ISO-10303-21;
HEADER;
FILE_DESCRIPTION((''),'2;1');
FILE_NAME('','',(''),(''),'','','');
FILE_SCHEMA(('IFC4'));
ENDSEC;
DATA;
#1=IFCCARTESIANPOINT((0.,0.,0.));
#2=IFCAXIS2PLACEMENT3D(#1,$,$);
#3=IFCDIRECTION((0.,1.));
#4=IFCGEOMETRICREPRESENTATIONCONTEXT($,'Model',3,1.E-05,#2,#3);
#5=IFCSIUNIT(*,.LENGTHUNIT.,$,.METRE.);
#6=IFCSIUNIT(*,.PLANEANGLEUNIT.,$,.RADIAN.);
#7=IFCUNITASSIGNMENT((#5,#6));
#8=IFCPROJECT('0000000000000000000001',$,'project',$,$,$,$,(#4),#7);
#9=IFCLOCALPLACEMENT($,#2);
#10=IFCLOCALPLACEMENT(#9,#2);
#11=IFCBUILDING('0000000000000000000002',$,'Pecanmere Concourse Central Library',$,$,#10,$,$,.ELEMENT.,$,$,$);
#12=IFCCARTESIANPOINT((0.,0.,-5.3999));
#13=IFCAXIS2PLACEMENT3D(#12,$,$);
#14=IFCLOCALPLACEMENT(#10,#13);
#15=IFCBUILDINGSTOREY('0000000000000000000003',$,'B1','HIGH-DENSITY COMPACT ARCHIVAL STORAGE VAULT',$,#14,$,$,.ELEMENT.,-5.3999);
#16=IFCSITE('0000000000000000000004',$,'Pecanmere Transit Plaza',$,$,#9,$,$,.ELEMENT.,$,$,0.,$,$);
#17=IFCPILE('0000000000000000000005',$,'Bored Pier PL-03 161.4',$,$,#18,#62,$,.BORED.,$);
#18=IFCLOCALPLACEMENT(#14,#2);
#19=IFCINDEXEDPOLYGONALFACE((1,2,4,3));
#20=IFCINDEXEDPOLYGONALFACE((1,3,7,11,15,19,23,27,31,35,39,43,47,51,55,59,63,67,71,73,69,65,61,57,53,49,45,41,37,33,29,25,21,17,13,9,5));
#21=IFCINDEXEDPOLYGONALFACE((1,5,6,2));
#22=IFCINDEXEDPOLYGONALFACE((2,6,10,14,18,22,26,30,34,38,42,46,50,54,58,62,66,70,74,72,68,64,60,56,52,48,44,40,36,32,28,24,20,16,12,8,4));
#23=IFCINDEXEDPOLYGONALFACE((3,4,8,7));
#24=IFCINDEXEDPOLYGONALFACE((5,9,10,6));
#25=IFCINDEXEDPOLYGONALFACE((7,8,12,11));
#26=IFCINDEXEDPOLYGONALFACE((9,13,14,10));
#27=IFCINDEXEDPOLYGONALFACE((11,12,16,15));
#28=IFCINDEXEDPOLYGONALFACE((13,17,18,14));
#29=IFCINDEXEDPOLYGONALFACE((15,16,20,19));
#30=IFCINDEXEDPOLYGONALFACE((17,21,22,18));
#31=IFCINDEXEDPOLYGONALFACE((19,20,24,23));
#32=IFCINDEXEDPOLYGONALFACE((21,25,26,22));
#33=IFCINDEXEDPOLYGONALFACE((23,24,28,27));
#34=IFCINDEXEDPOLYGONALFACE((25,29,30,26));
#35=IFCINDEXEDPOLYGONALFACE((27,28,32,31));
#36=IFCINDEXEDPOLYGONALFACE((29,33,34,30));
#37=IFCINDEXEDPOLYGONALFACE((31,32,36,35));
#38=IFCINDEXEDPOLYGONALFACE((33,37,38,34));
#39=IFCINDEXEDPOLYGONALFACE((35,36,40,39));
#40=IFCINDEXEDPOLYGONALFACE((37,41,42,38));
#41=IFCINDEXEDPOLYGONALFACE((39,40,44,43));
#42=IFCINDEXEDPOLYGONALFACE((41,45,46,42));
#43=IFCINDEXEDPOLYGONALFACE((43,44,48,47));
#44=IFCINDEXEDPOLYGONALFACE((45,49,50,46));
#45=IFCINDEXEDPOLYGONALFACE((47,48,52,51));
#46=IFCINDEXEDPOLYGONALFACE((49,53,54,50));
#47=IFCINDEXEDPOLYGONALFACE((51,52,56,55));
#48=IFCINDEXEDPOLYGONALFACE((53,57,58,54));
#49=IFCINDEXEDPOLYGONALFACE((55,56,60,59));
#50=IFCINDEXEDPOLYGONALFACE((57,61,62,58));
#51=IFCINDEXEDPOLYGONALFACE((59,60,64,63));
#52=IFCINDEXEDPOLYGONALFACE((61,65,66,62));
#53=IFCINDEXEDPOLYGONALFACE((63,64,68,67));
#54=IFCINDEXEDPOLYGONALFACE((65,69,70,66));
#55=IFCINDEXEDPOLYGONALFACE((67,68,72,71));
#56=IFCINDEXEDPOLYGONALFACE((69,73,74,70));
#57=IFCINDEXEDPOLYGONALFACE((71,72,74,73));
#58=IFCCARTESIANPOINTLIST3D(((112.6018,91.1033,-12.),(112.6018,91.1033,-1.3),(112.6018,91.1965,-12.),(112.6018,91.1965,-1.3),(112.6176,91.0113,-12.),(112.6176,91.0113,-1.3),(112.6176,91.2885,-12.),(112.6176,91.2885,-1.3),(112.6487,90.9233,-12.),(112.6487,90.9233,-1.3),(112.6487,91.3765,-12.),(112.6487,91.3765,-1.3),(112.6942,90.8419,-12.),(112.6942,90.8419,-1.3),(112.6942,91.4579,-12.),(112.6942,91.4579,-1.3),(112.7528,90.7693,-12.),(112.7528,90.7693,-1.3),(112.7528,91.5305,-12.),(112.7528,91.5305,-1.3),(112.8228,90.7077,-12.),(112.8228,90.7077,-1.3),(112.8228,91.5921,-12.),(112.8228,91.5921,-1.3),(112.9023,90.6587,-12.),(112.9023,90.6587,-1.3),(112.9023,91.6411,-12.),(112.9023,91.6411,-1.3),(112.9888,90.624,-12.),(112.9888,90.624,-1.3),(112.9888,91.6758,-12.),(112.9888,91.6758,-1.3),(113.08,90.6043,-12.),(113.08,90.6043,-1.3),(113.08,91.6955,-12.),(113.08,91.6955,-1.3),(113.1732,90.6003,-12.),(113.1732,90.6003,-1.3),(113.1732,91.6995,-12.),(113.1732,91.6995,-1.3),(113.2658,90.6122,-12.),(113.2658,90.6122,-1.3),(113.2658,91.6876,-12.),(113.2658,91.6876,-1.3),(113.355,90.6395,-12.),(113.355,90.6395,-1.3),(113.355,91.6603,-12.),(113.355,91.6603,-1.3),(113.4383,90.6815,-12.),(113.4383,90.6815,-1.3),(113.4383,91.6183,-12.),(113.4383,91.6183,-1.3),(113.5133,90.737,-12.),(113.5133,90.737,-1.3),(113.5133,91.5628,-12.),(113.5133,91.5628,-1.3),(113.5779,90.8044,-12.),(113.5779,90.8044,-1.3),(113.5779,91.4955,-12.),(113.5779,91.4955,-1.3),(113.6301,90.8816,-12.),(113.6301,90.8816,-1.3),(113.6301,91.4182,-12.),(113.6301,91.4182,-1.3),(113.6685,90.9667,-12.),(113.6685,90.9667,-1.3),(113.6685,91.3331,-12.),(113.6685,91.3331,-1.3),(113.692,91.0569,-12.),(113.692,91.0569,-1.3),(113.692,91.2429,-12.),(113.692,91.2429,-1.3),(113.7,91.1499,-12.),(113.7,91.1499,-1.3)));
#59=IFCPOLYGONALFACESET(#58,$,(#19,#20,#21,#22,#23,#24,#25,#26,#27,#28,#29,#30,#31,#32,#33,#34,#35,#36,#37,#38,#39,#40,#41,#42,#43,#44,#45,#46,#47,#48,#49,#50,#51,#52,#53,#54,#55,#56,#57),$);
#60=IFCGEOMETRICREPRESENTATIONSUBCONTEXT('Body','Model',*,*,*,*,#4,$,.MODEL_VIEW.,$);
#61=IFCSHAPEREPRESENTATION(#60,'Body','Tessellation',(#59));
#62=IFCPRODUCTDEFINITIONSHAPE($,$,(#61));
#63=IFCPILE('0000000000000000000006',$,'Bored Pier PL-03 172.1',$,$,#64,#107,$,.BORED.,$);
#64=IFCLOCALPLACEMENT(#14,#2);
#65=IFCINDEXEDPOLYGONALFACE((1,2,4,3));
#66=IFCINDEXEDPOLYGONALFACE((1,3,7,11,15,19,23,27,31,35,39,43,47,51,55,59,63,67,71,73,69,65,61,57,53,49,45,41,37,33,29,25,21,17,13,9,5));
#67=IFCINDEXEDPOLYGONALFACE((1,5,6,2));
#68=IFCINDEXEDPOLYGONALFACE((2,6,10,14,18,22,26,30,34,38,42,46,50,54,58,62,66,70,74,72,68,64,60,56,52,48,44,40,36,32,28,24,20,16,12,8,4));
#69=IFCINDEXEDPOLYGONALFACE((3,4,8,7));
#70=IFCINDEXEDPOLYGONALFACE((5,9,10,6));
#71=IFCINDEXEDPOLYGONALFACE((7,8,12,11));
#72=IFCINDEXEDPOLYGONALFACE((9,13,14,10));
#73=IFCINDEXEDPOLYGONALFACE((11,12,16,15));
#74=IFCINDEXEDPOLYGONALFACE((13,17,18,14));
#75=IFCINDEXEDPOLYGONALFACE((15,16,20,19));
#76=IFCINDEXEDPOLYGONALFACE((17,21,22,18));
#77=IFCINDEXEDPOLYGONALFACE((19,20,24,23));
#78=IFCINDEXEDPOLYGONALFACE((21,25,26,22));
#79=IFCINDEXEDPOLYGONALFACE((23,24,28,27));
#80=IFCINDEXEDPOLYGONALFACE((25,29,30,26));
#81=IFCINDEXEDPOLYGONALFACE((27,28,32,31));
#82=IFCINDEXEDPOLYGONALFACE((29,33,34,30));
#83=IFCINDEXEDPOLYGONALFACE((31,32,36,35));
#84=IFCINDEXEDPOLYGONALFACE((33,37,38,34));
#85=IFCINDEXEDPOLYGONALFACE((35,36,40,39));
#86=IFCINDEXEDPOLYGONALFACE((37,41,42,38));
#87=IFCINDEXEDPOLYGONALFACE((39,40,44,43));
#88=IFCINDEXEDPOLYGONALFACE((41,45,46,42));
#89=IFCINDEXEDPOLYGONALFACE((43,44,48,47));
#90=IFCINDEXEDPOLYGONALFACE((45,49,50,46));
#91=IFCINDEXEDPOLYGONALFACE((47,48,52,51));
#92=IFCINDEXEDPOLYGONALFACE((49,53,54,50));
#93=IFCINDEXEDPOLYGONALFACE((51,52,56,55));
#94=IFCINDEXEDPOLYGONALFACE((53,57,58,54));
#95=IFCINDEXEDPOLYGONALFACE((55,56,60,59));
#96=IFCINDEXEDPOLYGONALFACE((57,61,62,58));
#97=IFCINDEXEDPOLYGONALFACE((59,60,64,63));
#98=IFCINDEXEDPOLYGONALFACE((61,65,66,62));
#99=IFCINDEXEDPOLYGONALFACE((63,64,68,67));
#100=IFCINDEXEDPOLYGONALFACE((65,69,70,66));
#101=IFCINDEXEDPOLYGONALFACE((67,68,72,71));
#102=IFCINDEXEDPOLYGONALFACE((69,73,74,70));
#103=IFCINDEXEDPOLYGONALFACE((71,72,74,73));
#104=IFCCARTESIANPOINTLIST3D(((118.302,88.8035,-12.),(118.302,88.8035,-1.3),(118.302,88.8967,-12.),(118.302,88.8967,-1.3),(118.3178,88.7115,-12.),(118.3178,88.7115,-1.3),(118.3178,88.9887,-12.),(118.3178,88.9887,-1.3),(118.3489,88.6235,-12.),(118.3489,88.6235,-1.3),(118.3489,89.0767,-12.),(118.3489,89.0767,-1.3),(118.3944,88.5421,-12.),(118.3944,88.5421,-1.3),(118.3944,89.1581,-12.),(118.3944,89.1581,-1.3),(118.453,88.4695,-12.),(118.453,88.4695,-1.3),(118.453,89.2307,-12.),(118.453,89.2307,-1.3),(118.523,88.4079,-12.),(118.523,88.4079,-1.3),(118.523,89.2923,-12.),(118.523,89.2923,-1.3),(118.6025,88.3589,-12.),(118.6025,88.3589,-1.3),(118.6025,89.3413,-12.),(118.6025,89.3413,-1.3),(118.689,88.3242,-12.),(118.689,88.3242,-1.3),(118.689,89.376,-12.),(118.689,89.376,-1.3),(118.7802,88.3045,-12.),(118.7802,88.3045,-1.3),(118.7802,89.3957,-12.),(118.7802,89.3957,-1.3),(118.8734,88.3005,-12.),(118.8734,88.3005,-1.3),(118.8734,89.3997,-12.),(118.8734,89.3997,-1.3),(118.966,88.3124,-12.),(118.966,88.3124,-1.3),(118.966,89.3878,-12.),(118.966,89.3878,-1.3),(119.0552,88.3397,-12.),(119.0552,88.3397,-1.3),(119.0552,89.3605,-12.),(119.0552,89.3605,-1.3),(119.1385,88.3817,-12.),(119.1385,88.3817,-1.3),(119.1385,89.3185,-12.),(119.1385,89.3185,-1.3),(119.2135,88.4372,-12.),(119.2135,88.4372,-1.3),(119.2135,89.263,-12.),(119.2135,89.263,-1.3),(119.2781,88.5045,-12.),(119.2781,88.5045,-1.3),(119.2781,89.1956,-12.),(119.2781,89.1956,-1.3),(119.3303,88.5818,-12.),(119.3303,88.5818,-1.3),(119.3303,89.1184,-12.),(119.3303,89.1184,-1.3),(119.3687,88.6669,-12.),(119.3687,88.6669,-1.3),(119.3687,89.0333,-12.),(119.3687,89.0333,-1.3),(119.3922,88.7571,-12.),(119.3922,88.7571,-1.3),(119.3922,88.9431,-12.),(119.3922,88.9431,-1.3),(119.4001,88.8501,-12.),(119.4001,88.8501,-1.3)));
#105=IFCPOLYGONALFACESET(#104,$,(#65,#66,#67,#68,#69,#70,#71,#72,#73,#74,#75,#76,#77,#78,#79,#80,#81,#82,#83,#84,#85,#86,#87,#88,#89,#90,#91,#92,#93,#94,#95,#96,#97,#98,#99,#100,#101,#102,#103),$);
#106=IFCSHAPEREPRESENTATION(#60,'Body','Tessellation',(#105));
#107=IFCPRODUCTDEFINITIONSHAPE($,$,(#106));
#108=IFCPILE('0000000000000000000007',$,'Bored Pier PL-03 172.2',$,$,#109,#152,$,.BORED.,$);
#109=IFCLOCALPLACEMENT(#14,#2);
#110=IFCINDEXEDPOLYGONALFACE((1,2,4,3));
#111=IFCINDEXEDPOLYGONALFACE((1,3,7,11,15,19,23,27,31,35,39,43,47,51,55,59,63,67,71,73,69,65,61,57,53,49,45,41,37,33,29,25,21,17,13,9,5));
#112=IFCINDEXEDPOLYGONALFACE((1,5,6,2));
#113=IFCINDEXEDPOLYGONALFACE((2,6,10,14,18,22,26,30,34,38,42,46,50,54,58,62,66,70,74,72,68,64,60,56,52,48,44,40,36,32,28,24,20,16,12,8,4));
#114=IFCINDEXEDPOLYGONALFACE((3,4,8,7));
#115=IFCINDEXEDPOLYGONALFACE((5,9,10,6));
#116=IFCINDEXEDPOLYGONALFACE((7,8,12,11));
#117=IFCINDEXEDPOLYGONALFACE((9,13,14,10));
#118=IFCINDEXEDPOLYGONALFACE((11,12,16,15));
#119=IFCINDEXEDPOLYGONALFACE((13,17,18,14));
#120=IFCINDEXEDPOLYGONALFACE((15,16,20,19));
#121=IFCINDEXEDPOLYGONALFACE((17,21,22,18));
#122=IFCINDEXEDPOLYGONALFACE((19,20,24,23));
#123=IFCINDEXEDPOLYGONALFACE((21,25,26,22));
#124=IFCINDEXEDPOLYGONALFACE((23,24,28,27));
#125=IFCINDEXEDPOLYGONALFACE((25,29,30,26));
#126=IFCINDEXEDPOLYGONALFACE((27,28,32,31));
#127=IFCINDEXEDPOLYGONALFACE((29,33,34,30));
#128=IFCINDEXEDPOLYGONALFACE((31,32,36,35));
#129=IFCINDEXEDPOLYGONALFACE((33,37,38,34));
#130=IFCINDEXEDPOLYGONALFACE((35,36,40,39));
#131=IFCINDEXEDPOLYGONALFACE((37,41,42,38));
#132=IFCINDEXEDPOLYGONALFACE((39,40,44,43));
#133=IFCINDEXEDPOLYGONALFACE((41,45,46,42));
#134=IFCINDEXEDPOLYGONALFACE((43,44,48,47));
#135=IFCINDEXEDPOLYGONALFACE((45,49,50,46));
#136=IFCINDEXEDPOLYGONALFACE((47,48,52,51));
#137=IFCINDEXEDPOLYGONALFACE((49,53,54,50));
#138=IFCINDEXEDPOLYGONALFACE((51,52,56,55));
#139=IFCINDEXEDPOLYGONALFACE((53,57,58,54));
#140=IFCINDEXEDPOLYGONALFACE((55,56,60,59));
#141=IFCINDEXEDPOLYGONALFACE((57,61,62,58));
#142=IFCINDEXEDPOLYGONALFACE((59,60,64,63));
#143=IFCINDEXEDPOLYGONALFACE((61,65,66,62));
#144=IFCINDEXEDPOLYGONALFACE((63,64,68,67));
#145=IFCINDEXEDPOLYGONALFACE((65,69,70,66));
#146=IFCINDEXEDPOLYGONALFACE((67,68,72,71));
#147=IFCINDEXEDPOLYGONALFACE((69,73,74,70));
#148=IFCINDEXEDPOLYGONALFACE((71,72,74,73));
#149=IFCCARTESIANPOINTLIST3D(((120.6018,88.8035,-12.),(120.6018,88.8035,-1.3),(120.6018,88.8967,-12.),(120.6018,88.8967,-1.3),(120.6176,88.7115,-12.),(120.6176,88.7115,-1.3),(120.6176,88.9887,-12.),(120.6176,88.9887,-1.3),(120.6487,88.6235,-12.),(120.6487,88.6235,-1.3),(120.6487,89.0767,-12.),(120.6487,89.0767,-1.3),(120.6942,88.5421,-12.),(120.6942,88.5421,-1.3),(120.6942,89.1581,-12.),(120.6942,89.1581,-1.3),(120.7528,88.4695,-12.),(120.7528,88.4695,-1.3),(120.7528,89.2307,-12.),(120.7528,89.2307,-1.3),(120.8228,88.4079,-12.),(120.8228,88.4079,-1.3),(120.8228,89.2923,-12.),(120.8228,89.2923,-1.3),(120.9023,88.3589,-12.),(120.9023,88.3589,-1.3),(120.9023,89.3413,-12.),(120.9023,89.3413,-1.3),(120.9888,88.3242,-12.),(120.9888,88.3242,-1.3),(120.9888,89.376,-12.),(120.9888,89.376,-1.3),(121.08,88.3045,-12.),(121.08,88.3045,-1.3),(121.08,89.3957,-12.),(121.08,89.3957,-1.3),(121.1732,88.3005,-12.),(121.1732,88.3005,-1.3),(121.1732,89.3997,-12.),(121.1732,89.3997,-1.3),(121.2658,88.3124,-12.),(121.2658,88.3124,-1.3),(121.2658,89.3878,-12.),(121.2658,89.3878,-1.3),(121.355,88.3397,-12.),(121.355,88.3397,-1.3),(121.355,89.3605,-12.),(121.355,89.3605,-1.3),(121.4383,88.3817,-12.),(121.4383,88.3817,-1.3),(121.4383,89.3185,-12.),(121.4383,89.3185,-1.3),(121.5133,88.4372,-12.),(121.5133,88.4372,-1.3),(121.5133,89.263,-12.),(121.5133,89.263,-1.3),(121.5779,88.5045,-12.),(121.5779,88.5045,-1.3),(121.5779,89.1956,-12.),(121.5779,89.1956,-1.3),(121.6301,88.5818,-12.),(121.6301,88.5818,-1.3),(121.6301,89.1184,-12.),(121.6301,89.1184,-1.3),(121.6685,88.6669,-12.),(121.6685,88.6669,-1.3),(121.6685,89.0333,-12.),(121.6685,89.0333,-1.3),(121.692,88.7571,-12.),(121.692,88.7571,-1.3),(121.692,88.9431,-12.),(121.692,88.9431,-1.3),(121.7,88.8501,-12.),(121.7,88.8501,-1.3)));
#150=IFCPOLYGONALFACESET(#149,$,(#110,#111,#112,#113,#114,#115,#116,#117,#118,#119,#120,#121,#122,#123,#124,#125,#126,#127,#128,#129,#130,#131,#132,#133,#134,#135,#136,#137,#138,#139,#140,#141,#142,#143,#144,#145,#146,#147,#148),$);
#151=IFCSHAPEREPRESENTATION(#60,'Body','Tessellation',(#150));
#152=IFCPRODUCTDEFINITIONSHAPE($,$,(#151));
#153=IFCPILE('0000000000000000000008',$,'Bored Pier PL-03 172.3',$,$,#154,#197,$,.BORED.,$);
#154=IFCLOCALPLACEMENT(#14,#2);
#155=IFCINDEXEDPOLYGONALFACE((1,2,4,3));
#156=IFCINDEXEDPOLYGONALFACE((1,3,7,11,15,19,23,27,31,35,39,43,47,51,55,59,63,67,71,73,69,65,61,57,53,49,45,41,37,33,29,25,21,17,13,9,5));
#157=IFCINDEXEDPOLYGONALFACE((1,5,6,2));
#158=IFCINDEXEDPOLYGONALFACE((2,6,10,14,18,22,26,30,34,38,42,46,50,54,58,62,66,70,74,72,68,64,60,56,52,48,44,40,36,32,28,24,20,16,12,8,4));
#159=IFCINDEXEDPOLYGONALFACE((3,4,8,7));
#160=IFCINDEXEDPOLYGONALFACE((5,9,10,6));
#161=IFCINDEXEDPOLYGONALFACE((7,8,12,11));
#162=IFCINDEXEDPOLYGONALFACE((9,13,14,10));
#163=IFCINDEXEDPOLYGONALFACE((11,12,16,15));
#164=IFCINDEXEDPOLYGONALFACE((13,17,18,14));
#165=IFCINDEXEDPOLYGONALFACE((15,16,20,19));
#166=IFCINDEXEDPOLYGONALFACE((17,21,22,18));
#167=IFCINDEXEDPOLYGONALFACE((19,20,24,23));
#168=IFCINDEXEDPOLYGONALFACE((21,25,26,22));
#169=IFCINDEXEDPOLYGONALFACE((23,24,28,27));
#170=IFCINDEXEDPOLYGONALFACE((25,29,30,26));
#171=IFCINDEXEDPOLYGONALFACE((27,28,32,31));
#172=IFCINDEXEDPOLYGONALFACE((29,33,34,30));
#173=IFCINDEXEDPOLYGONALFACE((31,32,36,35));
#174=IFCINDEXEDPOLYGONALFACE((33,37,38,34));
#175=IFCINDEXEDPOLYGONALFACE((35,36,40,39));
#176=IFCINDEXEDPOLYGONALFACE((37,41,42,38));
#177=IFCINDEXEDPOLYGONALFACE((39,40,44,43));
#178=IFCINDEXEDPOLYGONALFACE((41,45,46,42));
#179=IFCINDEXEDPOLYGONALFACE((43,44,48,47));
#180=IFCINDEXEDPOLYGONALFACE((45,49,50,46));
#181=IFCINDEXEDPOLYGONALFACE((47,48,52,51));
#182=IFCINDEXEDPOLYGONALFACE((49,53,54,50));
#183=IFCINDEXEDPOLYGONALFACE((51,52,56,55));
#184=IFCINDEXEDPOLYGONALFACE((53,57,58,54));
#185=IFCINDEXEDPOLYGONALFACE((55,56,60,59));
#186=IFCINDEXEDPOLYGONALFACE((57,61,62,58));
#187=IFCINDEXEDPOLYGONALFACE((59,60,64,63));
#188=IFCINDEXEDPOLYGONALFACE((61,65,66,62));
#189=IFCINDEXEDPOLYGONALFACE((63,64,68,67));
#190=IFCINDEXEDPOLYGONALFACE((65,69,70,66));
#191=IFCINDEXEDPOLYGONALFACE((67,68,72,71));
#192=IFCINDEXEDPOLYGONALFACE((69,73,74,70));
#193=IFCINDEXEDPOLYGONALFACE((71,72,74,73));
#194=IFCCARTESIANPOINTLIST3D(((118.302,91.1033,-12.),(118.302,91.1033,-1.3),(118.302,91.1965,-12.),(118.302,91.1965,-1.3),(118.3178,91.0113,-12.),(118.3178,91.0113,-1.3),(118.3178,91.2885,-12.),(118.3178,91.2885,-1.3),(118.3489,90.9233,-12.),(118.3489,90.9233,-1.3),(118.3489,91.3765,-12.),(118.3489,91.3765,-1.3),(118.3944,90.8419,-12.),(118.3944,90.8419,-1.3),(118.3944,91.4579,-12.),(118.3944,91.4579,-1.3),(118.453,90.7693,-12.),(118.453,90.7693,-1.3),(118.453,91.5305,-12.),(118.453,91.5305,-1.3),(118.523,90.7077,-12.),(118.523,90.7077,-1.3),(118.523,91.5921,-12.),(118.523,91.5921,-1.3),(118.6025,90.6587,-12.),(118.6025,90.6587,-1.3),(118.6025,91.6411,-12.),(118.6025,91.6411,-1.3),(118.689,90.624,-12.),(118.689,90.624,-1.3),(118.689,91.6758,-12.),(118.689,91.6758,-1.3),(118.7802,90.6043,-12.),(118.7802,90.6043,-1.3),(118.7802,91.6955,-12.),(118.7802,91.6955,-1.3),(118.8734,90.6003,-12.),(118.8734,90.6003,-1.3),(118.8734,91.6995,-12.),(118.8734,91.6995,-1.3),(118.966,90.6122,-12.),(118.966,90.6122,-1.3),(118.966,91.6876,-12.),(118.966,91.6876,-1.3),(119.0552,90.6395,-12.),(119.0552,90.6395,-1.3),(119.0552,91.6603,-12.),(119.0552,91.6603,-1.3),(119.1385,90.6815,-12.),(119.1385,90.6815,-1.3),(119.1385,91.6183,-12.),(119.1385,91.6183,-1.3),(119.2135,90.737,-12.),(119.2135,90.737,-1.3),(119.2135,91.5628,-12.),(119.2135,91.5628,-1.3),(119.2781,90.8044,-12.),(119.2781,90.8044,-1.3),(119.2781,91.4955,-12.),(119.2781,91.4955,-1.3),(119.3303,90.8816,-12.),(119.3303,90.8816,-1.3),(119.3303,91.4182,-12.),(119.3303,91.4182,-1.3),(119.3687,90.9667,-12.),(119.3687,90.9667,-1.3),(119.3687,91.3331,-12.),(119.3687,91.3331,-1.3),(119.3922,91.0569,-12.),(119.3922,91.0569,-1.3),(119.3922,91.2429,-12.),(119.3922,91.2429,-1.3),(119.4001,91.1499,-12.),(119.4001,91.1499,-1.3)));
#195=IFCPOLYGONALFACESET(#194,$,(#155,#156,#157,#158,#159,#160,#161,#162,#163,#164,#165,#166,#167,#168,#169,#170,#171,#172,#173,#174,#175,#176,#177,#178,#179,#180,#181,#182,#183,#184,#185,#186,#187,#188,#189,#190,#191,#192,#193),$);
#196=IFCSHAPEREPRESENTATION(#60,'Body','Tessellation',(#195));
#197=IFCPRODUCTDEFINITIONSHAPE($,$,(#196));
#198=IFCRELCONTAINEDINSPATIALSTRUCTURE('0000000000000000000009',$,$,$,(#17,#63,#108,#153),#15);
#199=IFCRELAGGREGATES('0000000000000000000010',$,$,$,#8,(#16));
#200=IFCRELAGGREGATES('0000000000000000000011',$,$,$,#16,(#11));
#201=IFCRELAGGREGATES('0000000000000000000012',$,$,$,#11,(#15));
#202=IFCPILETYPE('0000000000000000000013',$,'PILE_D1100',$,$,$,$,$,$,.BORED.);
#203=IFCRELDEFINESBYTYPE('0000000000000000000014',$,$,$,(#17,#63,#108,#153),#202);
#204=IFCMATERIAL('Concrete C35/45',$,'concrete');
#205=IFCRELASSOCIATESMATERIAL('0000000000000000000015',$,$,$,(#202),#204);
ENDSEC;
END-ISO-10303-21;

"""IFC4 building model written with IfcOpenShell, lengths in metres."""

from ifc_helpers import new_model, si_unit, direction, frame, origin, origin_2d, place, context, subcontext, project, spatial, circle, extrude, material, material_profile, profile_set, type_object, element, save


model = new_model("IFC4")

# Units and contexts
model_context = context("Model", 3, precision=1e-05, world=origin(), true_north=direction((0.0, 1.0)))
body_context = subcontext(model_context, "Body", "Model", "MODEL_VIEW")
ifc_project = project(units=[si_unit("LENGTHUNIT", "METRE"), si_unit("PLANEANGLEUNIT", "RADIAN")], contexts=[model_context])

# Site, building, storey
site_placement = place(None, origin())
site = spatial("IfcSite", under=ifc_project, at=site_placement, Name="Pecanmere Transit Plaza", CompositionType="ELEMENT", RefElevation=0.0)
building_placement = place(site_placement, origin())
building = spatial("IfcBuilding", under=site, at=building_placement, Name="Pecanmere Concourse Central Library", CompositionType="ELEMENT")
storey_placement = place(building_placement, frame((0.0, 0.0, -5.3999)))
storey = spatial("IfcBuildingStorey", under=building, at=storey_placement, Name="B1", Description="HIGH-DENSITY COMPACT ARCHIVAL STORAGE VAULT", CompositionType="ELEMENT", Elevation=-5.3999)

# Piles
ifc_material_1 = material(Name="Concrete C35/45", Category="concrete")
ifc_material_profile_1 = material_profile(ifc_material_1, circle(Radius=0.55, at=origin_2d()), Name="PIER D1100")
ifc_profile_set_1 = profile_set([ifc_material_profile_1], Name="Concrete C35/45")
pile_type = type_object("IfcPileType", Name="PILE_D1100", PredefinedType="BORED", material=ifc_profile_set_1)
for number, where, z_axis, x_axis, name in (
    (1, (113.1499, 91.1499, -1.3), (0.0, 0.0, -1.0), (1.0, 0.0, 0.0), "Bored Pier PL-03 161.4"),
    (2, (118.8501, 88.8501, -1.3), (0.0, 0.0, -1.0), (1.0, 0.0, 0.0), "Bored Pier PL-03 172.1"),
    (3, (121.1499, 88.8501, -1.3), (0.0, 0.0, -1.0), (1.0, 0.0, 0.0), "Bored Pier PL-03 172.2"),
    (4, (118.8501, 91.1499, -1.3), (0.0, 0.0, -1.0), (1.0, 0.0, 0.0), "Bored Pier PL-03 172.3"),
):
    element("IfcPile", number, at=place(storey_placement, frame(where, z_axis=z_axis, x_axis=x_axis)), inside=storey, type_object=pile_type, Name=name, PredefinedType="BORED", context=body_context, shape_type="SweptSolid", body=[
        extrude(circle(Radius=0.55, at=origin_2d()), origin(), (0.0, 0.0, 1.0), 10.7),
    ])

save(model, "model.ifc")
